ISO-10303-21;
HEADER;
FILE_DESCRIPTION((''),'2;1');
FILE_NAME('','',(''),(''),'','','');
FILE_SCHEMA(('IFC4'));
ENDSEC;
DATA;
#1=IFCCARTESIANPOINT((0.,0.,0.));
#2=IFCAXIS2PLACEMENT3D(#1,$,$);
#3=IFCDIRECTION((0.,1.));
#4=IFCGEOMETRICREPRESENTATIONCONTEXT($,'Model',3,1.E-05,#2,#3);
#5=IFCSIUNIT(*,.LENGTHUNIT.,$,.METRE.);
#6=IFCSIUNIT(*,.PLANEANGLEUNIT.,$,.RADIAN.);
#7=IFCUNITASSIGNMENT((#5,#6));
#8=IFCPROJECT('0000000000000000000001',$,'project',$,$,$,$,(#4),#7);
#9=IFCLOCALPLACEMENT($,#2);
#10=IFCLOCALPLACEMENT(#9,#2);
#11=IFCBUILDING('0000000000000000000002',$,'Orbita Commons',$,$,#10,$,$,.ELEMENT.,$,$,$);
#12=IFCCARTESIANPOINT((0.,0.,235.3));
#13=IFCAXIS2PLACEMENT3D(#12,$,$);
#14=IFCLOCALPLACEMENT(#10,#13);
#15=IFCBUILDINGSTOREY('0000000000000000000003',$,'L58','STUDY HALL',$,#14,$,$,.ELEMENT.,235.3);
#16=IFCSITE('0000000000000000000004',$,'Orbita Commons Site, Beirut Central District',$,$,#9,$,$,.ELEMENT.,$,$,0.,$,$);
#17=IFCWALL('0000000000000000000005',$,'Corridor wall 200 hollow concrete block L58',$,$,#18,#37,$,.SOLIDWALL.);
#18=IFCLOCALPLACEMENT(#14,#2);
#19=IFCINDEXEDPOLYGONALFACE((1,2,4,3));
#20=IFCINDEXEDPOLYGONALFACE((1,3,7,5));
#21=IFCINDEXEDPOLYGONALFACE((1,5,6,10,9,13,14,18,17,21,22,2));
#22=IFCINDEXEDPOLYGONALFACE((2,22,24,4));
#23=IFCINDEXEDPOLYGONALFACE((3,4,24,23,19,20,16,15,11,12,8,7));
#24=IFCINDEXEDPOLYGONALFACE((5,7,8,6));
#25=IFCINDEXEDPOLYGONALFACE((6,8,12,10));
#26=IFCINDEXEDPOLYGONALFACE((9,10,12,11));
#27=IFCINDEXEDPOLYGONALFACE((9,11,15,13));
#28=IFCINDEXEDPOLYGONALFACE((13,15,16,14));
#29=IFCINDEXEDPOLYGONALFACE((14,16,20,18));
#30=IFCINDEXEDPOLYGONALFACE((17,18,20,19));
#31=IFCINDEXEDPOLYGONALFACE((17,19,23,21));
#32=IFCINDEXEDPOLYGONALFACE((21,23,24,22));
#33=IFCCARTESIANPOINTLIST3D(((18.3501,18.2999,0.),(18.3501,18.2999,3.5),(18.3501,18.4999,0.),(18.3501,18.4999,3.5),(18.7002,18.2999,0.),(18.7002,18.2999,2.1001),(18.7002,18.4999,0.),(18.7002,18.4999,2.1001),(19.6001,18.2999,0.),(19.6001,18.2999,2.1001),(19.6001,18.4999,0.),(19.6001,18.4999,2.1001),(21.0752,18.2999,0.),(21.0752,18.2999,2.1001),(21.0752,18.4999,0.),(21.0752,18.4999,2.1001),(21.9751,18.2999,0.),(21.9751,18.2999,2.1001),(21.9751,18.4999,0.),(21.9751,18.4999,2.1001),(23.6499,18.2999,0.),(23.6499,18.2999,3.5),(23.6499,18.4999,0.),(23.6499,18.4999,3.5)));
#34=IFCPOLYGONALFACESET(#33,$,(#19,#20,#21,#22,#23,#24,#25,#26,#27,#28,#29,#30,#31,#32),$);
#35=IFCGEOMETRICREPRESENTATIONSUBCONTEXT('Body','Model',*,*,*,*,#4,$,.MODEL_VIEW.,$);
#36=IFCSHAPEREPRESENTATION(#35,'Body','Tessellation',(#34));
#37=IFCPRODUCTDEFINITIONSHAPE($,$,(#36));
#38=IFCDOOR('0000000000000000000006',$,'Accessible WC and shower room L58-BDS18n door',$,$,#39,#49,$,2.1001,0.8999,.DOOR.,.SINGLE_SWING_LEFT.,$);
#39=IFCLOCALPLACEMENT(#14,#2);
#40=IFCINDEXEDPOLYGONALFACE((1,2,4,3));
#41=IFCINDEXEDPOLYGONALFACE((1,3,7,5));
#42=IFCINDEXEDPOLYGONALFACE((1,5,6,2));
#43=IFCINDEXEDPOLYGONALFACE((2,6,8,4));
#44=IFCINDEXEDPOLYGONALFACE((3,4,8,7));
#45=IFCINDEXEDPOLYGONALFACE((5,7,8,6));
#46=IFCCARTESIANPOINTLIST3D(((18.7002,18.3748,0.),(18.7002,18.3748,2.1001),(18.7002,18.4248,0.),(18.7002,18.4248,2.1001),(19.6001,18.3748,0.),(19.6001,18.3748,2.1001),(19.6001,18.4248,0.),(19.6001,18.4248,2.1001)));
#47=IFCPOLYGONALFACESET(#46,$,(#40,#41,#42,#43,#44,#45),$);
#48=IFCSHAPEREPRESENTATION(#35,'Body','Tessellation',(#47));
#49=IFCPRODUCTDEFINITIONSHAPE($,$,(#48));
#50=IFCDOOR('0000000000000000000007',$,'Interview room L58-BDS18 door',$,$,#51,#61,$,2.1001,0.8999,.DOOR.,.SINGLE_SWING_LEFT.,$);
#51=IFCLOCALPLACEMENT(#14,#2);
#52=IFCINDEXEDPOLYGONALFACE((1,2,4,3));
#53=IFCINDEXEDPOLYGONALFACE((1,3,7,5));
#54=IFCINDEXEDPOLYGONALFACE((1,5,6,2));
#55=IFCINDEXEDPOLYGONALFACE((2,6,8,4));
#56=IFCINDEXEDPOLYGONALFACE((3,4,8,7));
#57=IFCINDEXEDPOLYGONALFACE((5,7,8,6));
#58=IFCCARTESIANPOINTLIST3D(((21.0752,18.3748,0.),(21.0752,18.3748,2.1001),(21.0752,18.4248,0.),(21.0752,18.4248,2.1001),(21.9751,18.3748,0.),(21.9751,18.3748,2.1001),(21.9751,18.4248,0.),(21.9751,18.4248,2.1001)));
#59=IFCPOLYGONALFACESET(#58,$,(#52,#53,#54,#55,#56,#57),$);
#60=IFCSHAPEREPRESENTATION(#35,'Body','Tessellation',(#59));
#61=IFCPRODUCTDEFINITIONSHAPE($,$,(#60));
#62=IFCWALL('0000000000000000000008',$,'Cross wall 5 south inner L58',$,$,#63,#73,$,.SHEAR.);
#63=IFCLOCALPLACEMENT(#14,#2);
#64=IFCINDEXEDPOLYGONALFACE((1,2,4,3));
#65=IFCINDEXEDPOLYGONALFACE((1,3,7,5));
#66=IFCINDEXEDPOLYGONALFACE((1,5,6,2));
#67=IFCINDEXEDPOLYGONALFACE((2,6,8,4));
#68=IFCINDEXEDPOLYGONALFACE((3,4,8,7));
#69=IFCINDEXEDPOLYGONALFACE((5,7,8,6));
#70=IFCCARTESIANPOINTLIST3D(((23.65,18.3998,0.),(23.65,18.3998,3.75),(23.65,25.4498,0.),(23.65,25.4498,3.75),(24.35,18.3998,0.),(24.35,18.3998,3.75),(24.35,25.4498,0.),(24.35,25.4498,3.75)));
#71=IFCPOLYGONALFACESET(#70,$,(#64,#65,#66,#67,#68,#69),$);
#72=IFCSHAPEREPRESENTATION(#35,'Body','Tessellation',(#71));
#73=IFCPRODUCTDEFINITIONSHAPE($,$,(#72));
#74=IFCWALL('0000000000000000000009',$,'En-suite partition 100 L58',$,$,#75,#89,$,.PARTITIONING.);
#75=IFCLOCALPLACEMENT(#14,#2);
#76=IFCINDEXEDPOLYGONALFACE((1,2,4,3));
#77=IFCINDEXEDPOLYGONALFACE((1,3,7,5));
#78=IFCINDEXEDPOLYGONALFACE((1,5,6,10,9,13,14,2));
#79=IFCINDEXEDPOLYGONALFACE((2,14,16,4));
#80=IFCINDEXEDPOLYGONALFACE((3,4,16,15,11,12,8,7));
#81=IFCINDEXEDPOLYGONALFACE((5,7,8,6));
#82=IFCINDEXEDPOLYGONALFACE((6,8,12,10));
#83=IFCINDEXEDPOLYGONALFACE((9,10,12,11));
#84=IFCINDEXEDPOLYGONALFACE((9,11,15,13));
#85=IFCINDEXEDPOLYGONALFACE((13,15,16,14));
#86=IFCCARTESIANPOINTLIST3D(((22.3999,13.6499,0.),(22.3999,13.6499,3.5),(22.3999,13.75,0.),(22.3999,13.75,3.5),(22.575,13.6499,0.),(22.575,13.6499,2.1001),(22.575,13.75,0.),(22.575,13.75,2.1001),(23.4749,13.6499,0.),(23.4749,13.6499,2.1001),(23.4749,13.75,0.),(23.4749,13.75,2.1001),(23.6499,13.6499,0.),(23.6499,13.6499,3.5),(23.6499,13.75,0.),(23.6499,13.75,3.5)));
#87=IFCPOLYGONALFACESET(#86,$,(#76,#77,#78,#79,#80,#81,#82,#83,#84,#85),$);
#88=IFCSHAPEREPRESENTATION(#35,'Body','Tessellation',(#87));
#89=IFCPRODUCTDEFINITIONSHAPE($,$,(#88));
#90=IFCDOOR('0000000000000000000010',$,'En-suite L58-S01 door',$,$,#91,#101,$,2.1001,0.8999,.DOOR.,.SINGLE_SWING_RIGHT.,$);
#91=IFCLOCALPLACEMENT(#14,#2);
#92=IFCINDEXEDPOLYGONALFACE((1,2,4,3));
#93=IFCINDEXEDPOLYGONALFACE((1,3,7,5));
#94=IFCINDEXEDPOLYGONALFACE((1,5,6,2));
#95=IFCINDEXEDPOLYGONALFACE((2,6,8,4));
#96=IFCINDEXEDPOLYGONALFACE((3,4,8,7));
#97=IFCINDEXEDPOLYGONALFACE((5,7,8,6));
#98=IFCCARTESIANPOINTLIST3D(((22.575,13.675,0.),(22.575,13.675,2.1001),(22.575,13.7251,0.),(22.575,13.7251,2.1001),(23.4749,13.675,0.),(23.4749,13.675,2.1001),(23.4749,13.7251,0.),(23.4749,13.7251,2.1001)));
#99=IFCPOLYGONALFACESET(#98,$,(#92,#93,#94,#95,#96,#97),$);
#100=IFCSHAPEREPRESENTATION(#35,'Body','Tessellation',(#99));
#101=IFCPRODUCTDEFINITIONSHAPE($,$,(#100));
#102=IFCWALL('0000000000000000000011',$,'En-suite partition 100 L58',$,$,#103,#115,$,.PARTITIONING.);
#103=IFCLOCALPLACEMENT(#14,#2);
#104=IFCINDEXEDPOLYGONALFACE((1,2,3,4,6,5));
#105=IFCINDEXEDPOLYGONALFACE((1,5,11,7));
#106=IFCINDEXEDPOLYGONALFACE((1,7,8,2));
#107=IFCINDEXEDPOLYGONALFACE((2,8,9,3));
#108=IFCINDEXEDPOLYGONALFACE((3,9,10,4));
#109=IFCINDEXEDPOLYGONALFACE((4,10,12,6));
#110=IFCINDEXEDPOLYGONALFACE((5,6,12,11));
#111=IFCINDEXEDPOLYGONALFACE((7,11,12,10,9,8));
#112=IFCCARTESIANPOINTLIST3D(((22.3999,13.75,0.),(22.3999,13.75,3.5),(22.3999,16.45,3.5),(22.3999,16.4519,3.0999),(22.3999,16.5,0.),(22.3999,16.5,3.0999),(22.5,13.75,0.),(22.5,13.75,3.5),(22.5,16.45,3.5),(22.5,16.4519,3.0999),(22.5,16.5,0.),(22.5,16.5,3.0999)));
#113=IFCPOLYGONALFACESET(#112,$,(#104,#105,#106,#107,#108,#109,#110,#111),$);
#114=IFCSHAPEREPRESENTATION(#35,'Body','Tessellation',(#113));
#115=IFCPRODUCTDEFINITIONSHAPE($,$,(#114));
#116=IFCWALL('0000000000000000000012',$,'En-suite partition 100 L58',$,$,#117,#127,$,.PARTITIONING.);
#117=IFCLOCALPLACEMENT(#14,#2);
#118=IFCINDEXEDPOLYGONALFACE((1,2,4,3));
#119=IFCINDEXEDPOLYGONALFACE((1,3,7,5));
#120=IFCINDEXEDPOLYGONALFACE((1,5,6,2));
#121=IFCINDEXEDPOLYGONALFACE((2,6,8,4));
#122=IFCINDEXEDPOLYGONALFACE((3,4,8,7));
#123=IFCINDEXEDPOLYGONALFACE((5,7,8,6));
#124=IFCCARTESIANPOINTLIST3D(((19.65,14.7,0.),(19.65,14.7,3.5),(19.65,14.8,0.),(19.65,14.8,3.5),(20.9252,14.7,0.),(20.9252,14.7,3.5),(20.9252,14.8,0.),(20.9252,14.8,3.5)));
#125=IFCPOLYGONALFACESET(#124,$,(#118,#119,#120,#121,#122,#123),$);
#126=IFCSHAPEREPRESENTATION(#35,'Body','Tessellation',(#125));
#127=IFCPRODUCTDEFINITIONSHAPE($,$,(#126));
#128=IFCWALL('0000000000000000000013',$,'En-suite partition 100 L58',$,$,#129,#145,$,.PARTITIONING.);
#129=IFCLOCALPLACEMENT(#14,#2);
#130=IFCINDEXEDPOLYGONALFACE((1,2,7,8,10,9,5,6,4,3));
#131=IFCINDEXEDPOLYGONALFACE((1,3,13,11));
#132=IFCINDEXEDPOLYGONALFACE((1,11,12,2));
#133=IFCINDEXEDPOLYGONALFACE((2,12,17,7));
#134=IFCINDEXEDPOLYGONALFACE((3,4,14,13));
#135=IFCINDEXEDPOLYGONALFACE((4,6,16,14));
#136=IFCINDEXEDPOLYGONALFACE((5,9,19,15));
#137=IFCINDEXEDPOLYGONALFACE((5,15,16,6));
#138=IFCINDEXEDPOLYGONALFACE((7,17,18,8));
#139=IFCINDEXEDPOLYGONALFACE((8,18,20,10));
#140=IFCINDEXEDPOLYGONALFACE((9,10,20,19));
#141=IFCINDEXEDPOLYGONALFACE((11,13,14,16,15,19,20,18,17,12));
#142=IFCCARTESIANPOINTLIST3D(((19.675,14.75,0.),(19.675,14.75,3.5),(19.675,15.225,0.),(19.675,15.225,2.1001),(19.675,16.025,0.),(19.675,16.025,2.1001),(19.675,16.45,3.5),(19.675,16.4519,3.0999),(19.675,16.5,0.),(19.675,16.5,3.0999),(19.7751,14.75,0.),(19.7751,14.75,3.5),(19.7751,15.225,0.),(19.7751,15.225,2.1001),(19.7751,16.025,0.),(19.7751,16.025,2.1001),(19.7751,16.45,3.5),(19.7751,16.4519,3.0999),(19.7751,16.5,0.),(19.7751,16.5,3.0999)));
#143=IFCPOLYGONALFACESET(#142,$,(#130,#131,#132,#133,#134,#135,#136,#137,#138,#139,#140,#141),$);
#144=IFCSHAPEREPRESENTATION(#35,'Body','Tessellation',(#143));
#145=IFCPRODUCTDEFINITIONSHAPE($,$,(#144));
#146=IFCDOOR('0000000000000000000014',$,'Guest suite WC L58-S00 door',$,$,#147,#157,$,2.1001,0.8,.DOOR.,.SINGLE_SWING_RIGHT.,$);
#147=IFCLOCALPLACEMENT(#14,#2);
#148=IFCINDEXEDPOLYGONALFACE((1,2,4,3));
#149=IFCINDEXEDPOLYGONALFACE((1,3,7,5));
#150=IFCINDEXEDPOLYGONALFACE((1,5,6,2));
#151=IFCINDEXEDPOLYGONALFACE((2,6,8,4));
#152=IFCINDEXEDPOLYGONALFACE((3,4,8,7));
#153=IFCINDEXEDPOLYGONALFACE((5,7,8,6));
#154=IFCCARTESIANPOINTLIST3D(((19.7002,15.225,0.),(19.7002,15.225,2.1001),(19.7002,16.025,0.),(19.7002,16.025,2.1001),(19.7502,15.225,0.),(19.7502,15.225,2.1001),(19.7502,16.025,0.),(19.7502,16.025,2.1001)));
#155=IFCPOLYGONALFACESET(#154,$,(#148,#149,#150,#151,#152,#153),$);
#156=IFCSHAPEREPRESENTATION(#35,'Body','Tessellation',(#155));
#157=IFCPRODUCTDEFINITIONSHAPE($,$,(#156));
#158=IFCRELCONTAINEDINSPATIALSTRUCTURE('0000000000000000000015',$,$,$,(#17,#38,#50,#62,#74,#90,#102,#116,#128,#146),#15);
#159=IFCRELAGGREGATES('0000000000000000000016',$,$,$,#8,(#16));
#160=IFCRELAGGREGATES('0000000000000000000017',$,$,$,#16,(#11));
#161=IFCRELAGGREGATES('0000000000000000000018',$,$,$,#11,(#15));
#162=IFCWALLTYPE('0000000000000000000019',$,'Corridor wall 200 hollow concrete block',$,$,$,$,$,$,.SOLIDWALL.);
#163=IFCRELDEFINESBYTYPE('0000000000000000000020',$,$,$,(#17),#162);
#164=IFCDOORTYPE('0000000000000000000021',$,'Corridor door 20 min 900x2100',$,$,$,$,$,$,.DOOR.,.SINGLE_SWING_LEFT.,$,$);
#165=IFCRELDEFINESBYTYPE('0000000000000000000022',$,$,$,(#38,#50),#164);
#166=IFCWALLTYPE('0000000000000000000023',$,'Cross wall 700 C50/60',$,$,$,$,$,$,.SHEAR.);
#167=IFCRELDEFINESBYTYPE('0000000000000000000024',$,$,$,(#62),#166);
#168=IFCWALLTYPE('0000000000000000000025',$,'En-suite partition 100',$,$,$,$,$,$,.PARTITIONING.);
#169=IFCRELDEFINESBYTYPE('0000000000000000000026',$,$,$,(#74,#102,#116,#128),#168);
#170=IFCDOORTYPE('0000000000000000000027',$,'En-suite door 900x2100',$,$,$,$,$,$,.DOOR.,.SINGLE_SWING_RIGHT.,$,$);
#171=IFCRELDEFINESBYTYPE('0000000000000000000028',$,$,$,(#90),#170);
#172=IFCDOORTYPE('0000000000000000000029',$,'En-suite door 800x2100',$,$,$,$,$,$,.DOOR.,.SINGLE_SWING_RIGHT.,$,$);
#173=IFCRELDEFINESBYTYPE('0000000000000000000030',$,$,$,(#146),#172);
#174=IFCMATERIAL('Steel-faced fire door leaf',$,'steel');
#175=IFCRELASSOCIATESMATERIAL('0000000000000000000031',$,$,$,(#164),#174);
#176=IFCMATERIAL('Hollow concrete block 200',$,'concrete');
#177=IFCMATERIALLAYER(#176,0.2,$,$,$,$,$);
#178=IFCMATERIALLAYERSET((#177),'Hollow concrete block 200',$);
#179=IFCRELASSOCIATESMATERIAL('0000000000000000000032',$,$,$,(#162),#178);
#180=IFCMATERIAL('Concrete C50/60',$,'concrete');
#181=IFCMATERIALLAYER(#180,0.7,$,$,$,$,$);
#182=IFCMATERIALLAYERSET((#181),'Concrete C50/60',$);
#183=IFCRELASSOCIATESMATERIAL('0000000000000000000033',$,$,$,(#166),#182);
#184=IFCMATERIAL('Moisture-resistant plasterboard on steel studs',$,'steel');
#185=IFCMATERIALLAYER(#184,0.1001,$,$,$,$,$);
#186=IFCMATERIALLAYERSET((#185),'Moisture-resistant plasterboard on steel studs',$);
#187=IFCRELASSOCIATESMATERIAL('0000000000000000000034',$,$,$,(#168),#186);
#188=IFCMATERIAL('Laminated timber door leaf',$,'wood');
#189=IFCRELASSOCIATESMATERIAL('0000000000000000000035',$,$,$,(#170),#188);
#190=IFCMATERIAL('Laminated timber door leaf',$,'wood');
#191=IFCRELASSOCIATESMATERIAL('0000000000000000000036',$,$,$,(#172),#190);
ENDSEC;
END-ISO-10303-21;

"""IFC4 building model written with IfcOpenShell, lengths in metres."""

from ifc_helpers import new_model, si_unit, direction, frame, frame_2d, origin, place, context, subcontext, project, spatial, polyline, rectangle, outline, extrude, material, layer, layer_set, type_object, element, fill, save


model = new_model("IFC4")

# Units and contexts
model_context = context("Model", 3, precision=1e-05, world=origin(), true_north=direction((0.0, 1.0)))
body_context = subcontext(model_context, "Body", "Model", "MODEL_VIEW")
ifc_project = project(units=[si_unit("LENGTHUNIT", "METRE"), si_unit("PLANEANGLEUNIT", "RADIAN")], contexts=[model_context])

# Site, building, storey
site_placement = place(None, origin())
site = spatial("IfcSite", under=ifc_project, at=site_placement, Name="Orbita Commons Site, Beirut Central District", CompositionType="ELEMENT", RefElevation=0.0)
building_placement = place(site_placement, origin())
building = spatial("IfcBuilding", under=site, at=building_placement, Name="Orbita Commons", CompositionType="ELEMENT")
storey_placement = place(building_placement, frame((0.0, 0.0, 235.3)))
storey = spatial("IfcBuildingStorey", under=building, at=storey_placement, Name="L58", Description="STUDY HALL", CompositionType="ELEMENT", Elevation=235.3)

# Shared definitions
ifc_material_1 = material(Name="Steel-faced fire door leaf", Category="steel")
door_type_1 = type_object("IfcDoorType", Name="Corridor door 20 min 900x2100", OperationType="SINGLE_SWING_LEFT", PredefinedType="DOOR", material=ifc_material_1)

# Wall, openings, doors
ifc_material_2 = material(Name="Hollow concrete block 200", Category="concrete")
ifc_layer_1 = layer(ifc_material_2, 0.2)
ifc_layer_set_1 = layer_set([ifc_layer_1], Name="Hollow concrete block 200")
wall_type_1 = type_object("IfcWallType", Name="Corridor wall 200 hollow concrete block", PredefinedType="SOLIDWALL", material=ifc_layer_set_1)
wall_1_placement = place(storey_placement, frame((18.3501, 18.3999, 0.0), z_axis=(0.0, 0.0, 1.0), x_axis=(1.0, 0.0, 0.0)))
wall_1 = element("IfcWall", 1, at=wall_1_placement, inside=storey, type_object=wall_type_1, Name="Corridor wall 200 hollow concrete block L58", PredefinedType="SOLIDWALL", context=body_context, shape_type="SweptSolid", body=[
    extrude(rectangle(XDim=5.2998, YDim=0.2, at=frame_2d((2.6499, 0.0))), origin(), (0.0, 0.0, 1.0), 3.5),
])
opening_1_placement = place(wall_1_placement, frame((0.3501, 0.0, 0.0)))
opening_1 = element("IfcOpeningElement", 2, at=opening_1_placement, cuts=wall_1, PredefinedType="OPENING", context=body_context, shape_type="SweptSolid", body=[
    extrude(rectangle(XDim=0.8999, YDim=2.1001, at=frame_2d((0.45, 1.05))), frame((0.0, 0.1099, 0.0), z_axis=(0.0, -1.0, 0.0), x_axis=(1.0, 0.0, 0.0)), (0.0, 0.0, 1.0), 0.22),
])
opening_2_placement = place(wall_1_placement, frame((2.7251, 0.0, 0.0)))
opening_2 = element("IfcOpeningElement", 3, at=opening_2_placement, cuts=wall_1, PredefinedType="OPENING", context=body_context, shape_type="SweptSolid", body=[
    extrude(rectangle(XDim=0.8999, YDim=2.1001, at=frame_2d((0.45, 1.05))), frame((0.0, 0.1099, 0.0), z_axis=(0.0, -1.0, 0.0), x_axis=(1.0, 0.0, 0.0)), (0.0, 0.0, 1.0), 0.22),
])
door_1_placement = place(opening_1_placement, origin())
door_1 = element("IfcDoor", 4, at=door_1_placement, inside=storey, type_object=door_type_1, Name="Accessible WC and shower room L58-BDS18n door", OperationType="SINGLE_SWING_LEFT", OverallHeight=2.1001, OverallWidth=0.8999, PredefinedType="DOOR", context=body_context, shape_type="SweptSolid", body=[
    extrude(rectangle(XDim=0.8999, YDim=2.1001, at=frame_2d((0.45, 1.05))), frame((0.0, 0.0249, 0.0), z_axis=(0.0, -1.0, 0.0), x_axis=(1.0, 0.0, 0.0)), (0.0, 0.0, 1.0), 0.05),
])
fill(opening_1, door_1)
door_2_placement = place(opening_2_placement, origin())
door_2 = element("IfcDoor", 5, at=door_2_placement, inside=storey, type_object=door_type_1, Name="Interview room L58-BDS18 door", OperationType="SINGLE_SWING_LEFT", OverallHeight=2.1001, OverallWidth=0.8999, PredefinedType="DOOR", context=body_context, shape_type="SweptSolid", body=[
    extrude(rectangle(XDim=0.8999, YDim=2.1001, at=frame_2d((0.45, 1.05))), frame((0.0, 0.0249, 0.0), z_axis=(0.0, -1.0, 0.0), x_axis=(1.0, 0.0, 0.0)), (0.0, 0.0, 1.0), 0.05),
])
fill(opening_2, door_2)

# Wall
ifc_material_3 = material(Name="Concrete C50/60", Category="concrete")
ifc_layer_2 = layer(ifc_material_3, 0.7)
ifc_layer_set_2 = layer_set([ifc_layer_2], Name="Concrete C50/60")
wall_type_2 = type_object("IfcWallType", Name="Cross wall 700 C50/60", PredefinedType="SHEAR", material=ifc_layer_set_2)
wall_2_placement = place(storey_placement, frame((24.0, 18.3999, 0.0), z_axis=(0.0, 0.0, 1.0), x_axis=(0.0, 1.0, 0.0)))
element("IfcWall", 6, at=wall_2_placement, inside=storey, type_object=wall_type_2, Name="Cross wall 5 south inner L58", PredefinedType="SHEAR", context=body_context, shape_type="SweptSolid", body=[
    extrude(rectangle(XDim=7.05, YDim=0.7, at=frame_2d((3.5249, 0.0))), origin(), (0.0, 0.0, 1.0), 3.75),
])

# Wall, opening, door
ifc_material_4 = material(Name="Moisture-resistant plasterboard on steel studs", Category="steel")
ifc_layer_3 = layer(ifc_material_4, 0.1001)
ifc_layer_set_3 = layer_set([ifc_layer_3], Name="Moisture-resistant plasterboard on steel studs")
wall_type_3 = type_object("IfcWallType", Name="En-suite partition 100", PredefinedType="PARTITIONING", material=ifc_layer_set_3)
wall_3_placement = place(storey_placement, frame((23.6499, 13.7, 0.0), z_axis=(0.0, 0.0, 1.0), x_axis=(-1.0, 0.0, 0.0)))
wall_3 = element("IfcWall", 7, at=wall_3_placement, inside=storey, type_object=wall_type_3, Name="En-suite partition 100 L58", PredefinedType="PARTITIONING", context=body_context, shape_type="SweptSolid", body=[
    extrude(rectangle(XDim=1.25, YDim=0.1001, at=frame_2d((0.625, 0.0))), origin(), (0.0, 0.0, 1.0), 3.5),
])
opening_3_placement = place(wall_3_placement, frame((0.175, 0.0, 0.0)))
opening_3 = element("IfcOpeningElement", 8, at=opening_3_placement, cuts=wall_3, PredefinedType="OPENING", context=body_context, shape_type="SweptSolid", body=[
    extrude(rectangle(XDim=0.8999, YDim=2.1001, at=frame_2d((0.45, 1.05))), frame((0.0, 0.0601, 0.0), z_axis=(0.0, -1.0, 0.0), x_axis=(1.0, 0.0, 0.0)), (0.0, 0.0, 1.0), 0.1201),
])
ifc_material_5 = material(Name="Laminated timber door leaf", Category="wood")
door_type_2 = type_object("IfcDoorType", Name="En-suite door 900x2100", OperationType="SINGLE_SWING_RIGHT", PredefinedType="DOOR", material=ifc_material_5)
door_3_placement = place(opening_3_placement, origin())
door_3 = element("IfcDoor", 9, at=door_3_placement, inside=storey, type_object=door_type_2, Name="En-suite L58-S01 door", OperationType="SINGLE_SWING_RIGHT", OverallHeight=2.1001, OverallWidth=0.8999, PredefinedType="DOOR", context=body_context, shape_type="SweptSolid", body=[
    extrude(rectangle(XDim=0.8999, YDim=2.1001, at=frame_2d((0.45, 1.05))), frame((0.0, 0.0249, 0.0), z_axis=(0.0, -1.0, 0.0), x_axis=(1.0, 0.0, 0.0)), (0.0, 0.0, 1.0), 0.05),
])
fill(opening_3, door_3)

# Walls
wall_4_placement = place(storey_placement, frame((22.45, 13.75, 0.0), z_axis=(0.0, 0.0, 1.0), x_axis=(0.0, 1.0, 0.0)))
element("IfcWall", 10, at=wall_4_placement, inside=storey, type_object=wall_type_3, Name="En-suite partition 100 L58", PredefinedType="PARTITIONING", context=body_context, shape_type="SweptSolid", body=[
    extrude(outline(polyline([(0.0, 0.0), (2.75, 0.0), (2.75, 3.0999), (2.7019, 3.0999), (2.7, 3.5), (0.0, 3.5), (0.0, 0.0)])), frame((0.0, 0.05, 0.0), z_axis=(0.0, -1.0, 0.0), x_axis=(1.0, 0.0, 0.0)), (0.0, 0.0, 1.0), 0.1001),
])
wall_5_placement = place(storey_placement, frame((19.6499, 14.75, 0.0), z_axis=(0.0, 0.0, 1.0), x_axis=(1.0, 0.0, 0.0)))
element("IfcWall", 11, at=wall_5_placement, inside=storey, type_object=wall_type_3, Name="En-suite partition 100 L58", PredefinedType="PARTITIONING", context=body_context, shape_type="SweptSolid", body=[
    extrude(rectangle(XDim=1.2751, YDim=0.1001, at=frame_2d((0.6377, 0.0))), origin(), (0.0, 0.0, 1.0), 3.5),
])

# Wall, opening, door
wall_6_placement = place(storey_placement, frame((19.7251, 14.75, 0.0), z_axis=(0.0, 0.0, 1.0), x_axis=(0.0, 1.0, 0.0)))
wall_6 = element("IfcWall", 12, at=wall_6_placement, inside=storey, type_object=wall_type_3, Name="En-suite partition 100 L58", PredefinedType="PARTITIONING", context=body_context, shape_type="SweptSolid", body=[
    extrude(outline(polyline([(0.0, 0.0), (1.75, 0.0), (1.75, 3.0999), (1.7019, 3.0999), (1.7, 3.5), (0.0, 3.5), (0.0, 0.0)])), frame((0.0, 0.05, 0.0), z_axis=(0.0, -1.0, 0.0), x_axis=(1.0, 0.0, 0.0)), (0.0, 0.0, 1.0), 0.1001),
])
opening_4_placement = place(wall_6_placement, frame((0.4751, 0.0, 0.0)))
opening_4 = element("IfcOpeningElement", 13, at=opening_4_placement, cuts=wall_6, PredefinedType="OPENING", context=body_context, shape_type="SweptSolid", body=[
    extrude(rectangle(XDim=0.8, YDim=2.1001, at=frame_2d((0.3999, 1.05))), frame((0.0, 0.0601, 0.0), z_axis=(0.0, -1.0, 0.0), x_axis=(1.0, 0.0, 0.0)), (0.0, 0.0, 1.0), 0.1201),
])
ifc_material_6 = material(Name="Laminated timber door leaf", Category="wood")
door_type_3 = type_object("IfcDoorType", Name="En-suite door 800x2100", OperationType="SINGLE_SWING_RIGHT", PredefinedType="DOOR", material=ifc_material_6)
door_4_placement = place(opening_4_placement, origin())
door_4 = element("IfcDoor", 14, at=door_4_placement, inside=storey, type_object=door_type_3, Name="Guest suite WC L58-S00 door", OperationType="SINGLE_SWING_RIGHT", OverallHeight=2.1001, OverallWidth=0.8, PredefinedType="DOOR", context=body_context, shape_type="SweptSolid", body=[
    extrude(rectangle(XDim=0.8, YDim=2.1001, at=frame_2d((0.3999, 1.05))), frame((0.0, 0.0249, 0.0), z_axis=(0.0, -1.0, 0.0), x_axis=(1.0, 0.0, 0.0)), (0.0, 0.0, 1.0), 0.05),
])
fill(opening_4, door_4)

save(model, "model.ifc")
